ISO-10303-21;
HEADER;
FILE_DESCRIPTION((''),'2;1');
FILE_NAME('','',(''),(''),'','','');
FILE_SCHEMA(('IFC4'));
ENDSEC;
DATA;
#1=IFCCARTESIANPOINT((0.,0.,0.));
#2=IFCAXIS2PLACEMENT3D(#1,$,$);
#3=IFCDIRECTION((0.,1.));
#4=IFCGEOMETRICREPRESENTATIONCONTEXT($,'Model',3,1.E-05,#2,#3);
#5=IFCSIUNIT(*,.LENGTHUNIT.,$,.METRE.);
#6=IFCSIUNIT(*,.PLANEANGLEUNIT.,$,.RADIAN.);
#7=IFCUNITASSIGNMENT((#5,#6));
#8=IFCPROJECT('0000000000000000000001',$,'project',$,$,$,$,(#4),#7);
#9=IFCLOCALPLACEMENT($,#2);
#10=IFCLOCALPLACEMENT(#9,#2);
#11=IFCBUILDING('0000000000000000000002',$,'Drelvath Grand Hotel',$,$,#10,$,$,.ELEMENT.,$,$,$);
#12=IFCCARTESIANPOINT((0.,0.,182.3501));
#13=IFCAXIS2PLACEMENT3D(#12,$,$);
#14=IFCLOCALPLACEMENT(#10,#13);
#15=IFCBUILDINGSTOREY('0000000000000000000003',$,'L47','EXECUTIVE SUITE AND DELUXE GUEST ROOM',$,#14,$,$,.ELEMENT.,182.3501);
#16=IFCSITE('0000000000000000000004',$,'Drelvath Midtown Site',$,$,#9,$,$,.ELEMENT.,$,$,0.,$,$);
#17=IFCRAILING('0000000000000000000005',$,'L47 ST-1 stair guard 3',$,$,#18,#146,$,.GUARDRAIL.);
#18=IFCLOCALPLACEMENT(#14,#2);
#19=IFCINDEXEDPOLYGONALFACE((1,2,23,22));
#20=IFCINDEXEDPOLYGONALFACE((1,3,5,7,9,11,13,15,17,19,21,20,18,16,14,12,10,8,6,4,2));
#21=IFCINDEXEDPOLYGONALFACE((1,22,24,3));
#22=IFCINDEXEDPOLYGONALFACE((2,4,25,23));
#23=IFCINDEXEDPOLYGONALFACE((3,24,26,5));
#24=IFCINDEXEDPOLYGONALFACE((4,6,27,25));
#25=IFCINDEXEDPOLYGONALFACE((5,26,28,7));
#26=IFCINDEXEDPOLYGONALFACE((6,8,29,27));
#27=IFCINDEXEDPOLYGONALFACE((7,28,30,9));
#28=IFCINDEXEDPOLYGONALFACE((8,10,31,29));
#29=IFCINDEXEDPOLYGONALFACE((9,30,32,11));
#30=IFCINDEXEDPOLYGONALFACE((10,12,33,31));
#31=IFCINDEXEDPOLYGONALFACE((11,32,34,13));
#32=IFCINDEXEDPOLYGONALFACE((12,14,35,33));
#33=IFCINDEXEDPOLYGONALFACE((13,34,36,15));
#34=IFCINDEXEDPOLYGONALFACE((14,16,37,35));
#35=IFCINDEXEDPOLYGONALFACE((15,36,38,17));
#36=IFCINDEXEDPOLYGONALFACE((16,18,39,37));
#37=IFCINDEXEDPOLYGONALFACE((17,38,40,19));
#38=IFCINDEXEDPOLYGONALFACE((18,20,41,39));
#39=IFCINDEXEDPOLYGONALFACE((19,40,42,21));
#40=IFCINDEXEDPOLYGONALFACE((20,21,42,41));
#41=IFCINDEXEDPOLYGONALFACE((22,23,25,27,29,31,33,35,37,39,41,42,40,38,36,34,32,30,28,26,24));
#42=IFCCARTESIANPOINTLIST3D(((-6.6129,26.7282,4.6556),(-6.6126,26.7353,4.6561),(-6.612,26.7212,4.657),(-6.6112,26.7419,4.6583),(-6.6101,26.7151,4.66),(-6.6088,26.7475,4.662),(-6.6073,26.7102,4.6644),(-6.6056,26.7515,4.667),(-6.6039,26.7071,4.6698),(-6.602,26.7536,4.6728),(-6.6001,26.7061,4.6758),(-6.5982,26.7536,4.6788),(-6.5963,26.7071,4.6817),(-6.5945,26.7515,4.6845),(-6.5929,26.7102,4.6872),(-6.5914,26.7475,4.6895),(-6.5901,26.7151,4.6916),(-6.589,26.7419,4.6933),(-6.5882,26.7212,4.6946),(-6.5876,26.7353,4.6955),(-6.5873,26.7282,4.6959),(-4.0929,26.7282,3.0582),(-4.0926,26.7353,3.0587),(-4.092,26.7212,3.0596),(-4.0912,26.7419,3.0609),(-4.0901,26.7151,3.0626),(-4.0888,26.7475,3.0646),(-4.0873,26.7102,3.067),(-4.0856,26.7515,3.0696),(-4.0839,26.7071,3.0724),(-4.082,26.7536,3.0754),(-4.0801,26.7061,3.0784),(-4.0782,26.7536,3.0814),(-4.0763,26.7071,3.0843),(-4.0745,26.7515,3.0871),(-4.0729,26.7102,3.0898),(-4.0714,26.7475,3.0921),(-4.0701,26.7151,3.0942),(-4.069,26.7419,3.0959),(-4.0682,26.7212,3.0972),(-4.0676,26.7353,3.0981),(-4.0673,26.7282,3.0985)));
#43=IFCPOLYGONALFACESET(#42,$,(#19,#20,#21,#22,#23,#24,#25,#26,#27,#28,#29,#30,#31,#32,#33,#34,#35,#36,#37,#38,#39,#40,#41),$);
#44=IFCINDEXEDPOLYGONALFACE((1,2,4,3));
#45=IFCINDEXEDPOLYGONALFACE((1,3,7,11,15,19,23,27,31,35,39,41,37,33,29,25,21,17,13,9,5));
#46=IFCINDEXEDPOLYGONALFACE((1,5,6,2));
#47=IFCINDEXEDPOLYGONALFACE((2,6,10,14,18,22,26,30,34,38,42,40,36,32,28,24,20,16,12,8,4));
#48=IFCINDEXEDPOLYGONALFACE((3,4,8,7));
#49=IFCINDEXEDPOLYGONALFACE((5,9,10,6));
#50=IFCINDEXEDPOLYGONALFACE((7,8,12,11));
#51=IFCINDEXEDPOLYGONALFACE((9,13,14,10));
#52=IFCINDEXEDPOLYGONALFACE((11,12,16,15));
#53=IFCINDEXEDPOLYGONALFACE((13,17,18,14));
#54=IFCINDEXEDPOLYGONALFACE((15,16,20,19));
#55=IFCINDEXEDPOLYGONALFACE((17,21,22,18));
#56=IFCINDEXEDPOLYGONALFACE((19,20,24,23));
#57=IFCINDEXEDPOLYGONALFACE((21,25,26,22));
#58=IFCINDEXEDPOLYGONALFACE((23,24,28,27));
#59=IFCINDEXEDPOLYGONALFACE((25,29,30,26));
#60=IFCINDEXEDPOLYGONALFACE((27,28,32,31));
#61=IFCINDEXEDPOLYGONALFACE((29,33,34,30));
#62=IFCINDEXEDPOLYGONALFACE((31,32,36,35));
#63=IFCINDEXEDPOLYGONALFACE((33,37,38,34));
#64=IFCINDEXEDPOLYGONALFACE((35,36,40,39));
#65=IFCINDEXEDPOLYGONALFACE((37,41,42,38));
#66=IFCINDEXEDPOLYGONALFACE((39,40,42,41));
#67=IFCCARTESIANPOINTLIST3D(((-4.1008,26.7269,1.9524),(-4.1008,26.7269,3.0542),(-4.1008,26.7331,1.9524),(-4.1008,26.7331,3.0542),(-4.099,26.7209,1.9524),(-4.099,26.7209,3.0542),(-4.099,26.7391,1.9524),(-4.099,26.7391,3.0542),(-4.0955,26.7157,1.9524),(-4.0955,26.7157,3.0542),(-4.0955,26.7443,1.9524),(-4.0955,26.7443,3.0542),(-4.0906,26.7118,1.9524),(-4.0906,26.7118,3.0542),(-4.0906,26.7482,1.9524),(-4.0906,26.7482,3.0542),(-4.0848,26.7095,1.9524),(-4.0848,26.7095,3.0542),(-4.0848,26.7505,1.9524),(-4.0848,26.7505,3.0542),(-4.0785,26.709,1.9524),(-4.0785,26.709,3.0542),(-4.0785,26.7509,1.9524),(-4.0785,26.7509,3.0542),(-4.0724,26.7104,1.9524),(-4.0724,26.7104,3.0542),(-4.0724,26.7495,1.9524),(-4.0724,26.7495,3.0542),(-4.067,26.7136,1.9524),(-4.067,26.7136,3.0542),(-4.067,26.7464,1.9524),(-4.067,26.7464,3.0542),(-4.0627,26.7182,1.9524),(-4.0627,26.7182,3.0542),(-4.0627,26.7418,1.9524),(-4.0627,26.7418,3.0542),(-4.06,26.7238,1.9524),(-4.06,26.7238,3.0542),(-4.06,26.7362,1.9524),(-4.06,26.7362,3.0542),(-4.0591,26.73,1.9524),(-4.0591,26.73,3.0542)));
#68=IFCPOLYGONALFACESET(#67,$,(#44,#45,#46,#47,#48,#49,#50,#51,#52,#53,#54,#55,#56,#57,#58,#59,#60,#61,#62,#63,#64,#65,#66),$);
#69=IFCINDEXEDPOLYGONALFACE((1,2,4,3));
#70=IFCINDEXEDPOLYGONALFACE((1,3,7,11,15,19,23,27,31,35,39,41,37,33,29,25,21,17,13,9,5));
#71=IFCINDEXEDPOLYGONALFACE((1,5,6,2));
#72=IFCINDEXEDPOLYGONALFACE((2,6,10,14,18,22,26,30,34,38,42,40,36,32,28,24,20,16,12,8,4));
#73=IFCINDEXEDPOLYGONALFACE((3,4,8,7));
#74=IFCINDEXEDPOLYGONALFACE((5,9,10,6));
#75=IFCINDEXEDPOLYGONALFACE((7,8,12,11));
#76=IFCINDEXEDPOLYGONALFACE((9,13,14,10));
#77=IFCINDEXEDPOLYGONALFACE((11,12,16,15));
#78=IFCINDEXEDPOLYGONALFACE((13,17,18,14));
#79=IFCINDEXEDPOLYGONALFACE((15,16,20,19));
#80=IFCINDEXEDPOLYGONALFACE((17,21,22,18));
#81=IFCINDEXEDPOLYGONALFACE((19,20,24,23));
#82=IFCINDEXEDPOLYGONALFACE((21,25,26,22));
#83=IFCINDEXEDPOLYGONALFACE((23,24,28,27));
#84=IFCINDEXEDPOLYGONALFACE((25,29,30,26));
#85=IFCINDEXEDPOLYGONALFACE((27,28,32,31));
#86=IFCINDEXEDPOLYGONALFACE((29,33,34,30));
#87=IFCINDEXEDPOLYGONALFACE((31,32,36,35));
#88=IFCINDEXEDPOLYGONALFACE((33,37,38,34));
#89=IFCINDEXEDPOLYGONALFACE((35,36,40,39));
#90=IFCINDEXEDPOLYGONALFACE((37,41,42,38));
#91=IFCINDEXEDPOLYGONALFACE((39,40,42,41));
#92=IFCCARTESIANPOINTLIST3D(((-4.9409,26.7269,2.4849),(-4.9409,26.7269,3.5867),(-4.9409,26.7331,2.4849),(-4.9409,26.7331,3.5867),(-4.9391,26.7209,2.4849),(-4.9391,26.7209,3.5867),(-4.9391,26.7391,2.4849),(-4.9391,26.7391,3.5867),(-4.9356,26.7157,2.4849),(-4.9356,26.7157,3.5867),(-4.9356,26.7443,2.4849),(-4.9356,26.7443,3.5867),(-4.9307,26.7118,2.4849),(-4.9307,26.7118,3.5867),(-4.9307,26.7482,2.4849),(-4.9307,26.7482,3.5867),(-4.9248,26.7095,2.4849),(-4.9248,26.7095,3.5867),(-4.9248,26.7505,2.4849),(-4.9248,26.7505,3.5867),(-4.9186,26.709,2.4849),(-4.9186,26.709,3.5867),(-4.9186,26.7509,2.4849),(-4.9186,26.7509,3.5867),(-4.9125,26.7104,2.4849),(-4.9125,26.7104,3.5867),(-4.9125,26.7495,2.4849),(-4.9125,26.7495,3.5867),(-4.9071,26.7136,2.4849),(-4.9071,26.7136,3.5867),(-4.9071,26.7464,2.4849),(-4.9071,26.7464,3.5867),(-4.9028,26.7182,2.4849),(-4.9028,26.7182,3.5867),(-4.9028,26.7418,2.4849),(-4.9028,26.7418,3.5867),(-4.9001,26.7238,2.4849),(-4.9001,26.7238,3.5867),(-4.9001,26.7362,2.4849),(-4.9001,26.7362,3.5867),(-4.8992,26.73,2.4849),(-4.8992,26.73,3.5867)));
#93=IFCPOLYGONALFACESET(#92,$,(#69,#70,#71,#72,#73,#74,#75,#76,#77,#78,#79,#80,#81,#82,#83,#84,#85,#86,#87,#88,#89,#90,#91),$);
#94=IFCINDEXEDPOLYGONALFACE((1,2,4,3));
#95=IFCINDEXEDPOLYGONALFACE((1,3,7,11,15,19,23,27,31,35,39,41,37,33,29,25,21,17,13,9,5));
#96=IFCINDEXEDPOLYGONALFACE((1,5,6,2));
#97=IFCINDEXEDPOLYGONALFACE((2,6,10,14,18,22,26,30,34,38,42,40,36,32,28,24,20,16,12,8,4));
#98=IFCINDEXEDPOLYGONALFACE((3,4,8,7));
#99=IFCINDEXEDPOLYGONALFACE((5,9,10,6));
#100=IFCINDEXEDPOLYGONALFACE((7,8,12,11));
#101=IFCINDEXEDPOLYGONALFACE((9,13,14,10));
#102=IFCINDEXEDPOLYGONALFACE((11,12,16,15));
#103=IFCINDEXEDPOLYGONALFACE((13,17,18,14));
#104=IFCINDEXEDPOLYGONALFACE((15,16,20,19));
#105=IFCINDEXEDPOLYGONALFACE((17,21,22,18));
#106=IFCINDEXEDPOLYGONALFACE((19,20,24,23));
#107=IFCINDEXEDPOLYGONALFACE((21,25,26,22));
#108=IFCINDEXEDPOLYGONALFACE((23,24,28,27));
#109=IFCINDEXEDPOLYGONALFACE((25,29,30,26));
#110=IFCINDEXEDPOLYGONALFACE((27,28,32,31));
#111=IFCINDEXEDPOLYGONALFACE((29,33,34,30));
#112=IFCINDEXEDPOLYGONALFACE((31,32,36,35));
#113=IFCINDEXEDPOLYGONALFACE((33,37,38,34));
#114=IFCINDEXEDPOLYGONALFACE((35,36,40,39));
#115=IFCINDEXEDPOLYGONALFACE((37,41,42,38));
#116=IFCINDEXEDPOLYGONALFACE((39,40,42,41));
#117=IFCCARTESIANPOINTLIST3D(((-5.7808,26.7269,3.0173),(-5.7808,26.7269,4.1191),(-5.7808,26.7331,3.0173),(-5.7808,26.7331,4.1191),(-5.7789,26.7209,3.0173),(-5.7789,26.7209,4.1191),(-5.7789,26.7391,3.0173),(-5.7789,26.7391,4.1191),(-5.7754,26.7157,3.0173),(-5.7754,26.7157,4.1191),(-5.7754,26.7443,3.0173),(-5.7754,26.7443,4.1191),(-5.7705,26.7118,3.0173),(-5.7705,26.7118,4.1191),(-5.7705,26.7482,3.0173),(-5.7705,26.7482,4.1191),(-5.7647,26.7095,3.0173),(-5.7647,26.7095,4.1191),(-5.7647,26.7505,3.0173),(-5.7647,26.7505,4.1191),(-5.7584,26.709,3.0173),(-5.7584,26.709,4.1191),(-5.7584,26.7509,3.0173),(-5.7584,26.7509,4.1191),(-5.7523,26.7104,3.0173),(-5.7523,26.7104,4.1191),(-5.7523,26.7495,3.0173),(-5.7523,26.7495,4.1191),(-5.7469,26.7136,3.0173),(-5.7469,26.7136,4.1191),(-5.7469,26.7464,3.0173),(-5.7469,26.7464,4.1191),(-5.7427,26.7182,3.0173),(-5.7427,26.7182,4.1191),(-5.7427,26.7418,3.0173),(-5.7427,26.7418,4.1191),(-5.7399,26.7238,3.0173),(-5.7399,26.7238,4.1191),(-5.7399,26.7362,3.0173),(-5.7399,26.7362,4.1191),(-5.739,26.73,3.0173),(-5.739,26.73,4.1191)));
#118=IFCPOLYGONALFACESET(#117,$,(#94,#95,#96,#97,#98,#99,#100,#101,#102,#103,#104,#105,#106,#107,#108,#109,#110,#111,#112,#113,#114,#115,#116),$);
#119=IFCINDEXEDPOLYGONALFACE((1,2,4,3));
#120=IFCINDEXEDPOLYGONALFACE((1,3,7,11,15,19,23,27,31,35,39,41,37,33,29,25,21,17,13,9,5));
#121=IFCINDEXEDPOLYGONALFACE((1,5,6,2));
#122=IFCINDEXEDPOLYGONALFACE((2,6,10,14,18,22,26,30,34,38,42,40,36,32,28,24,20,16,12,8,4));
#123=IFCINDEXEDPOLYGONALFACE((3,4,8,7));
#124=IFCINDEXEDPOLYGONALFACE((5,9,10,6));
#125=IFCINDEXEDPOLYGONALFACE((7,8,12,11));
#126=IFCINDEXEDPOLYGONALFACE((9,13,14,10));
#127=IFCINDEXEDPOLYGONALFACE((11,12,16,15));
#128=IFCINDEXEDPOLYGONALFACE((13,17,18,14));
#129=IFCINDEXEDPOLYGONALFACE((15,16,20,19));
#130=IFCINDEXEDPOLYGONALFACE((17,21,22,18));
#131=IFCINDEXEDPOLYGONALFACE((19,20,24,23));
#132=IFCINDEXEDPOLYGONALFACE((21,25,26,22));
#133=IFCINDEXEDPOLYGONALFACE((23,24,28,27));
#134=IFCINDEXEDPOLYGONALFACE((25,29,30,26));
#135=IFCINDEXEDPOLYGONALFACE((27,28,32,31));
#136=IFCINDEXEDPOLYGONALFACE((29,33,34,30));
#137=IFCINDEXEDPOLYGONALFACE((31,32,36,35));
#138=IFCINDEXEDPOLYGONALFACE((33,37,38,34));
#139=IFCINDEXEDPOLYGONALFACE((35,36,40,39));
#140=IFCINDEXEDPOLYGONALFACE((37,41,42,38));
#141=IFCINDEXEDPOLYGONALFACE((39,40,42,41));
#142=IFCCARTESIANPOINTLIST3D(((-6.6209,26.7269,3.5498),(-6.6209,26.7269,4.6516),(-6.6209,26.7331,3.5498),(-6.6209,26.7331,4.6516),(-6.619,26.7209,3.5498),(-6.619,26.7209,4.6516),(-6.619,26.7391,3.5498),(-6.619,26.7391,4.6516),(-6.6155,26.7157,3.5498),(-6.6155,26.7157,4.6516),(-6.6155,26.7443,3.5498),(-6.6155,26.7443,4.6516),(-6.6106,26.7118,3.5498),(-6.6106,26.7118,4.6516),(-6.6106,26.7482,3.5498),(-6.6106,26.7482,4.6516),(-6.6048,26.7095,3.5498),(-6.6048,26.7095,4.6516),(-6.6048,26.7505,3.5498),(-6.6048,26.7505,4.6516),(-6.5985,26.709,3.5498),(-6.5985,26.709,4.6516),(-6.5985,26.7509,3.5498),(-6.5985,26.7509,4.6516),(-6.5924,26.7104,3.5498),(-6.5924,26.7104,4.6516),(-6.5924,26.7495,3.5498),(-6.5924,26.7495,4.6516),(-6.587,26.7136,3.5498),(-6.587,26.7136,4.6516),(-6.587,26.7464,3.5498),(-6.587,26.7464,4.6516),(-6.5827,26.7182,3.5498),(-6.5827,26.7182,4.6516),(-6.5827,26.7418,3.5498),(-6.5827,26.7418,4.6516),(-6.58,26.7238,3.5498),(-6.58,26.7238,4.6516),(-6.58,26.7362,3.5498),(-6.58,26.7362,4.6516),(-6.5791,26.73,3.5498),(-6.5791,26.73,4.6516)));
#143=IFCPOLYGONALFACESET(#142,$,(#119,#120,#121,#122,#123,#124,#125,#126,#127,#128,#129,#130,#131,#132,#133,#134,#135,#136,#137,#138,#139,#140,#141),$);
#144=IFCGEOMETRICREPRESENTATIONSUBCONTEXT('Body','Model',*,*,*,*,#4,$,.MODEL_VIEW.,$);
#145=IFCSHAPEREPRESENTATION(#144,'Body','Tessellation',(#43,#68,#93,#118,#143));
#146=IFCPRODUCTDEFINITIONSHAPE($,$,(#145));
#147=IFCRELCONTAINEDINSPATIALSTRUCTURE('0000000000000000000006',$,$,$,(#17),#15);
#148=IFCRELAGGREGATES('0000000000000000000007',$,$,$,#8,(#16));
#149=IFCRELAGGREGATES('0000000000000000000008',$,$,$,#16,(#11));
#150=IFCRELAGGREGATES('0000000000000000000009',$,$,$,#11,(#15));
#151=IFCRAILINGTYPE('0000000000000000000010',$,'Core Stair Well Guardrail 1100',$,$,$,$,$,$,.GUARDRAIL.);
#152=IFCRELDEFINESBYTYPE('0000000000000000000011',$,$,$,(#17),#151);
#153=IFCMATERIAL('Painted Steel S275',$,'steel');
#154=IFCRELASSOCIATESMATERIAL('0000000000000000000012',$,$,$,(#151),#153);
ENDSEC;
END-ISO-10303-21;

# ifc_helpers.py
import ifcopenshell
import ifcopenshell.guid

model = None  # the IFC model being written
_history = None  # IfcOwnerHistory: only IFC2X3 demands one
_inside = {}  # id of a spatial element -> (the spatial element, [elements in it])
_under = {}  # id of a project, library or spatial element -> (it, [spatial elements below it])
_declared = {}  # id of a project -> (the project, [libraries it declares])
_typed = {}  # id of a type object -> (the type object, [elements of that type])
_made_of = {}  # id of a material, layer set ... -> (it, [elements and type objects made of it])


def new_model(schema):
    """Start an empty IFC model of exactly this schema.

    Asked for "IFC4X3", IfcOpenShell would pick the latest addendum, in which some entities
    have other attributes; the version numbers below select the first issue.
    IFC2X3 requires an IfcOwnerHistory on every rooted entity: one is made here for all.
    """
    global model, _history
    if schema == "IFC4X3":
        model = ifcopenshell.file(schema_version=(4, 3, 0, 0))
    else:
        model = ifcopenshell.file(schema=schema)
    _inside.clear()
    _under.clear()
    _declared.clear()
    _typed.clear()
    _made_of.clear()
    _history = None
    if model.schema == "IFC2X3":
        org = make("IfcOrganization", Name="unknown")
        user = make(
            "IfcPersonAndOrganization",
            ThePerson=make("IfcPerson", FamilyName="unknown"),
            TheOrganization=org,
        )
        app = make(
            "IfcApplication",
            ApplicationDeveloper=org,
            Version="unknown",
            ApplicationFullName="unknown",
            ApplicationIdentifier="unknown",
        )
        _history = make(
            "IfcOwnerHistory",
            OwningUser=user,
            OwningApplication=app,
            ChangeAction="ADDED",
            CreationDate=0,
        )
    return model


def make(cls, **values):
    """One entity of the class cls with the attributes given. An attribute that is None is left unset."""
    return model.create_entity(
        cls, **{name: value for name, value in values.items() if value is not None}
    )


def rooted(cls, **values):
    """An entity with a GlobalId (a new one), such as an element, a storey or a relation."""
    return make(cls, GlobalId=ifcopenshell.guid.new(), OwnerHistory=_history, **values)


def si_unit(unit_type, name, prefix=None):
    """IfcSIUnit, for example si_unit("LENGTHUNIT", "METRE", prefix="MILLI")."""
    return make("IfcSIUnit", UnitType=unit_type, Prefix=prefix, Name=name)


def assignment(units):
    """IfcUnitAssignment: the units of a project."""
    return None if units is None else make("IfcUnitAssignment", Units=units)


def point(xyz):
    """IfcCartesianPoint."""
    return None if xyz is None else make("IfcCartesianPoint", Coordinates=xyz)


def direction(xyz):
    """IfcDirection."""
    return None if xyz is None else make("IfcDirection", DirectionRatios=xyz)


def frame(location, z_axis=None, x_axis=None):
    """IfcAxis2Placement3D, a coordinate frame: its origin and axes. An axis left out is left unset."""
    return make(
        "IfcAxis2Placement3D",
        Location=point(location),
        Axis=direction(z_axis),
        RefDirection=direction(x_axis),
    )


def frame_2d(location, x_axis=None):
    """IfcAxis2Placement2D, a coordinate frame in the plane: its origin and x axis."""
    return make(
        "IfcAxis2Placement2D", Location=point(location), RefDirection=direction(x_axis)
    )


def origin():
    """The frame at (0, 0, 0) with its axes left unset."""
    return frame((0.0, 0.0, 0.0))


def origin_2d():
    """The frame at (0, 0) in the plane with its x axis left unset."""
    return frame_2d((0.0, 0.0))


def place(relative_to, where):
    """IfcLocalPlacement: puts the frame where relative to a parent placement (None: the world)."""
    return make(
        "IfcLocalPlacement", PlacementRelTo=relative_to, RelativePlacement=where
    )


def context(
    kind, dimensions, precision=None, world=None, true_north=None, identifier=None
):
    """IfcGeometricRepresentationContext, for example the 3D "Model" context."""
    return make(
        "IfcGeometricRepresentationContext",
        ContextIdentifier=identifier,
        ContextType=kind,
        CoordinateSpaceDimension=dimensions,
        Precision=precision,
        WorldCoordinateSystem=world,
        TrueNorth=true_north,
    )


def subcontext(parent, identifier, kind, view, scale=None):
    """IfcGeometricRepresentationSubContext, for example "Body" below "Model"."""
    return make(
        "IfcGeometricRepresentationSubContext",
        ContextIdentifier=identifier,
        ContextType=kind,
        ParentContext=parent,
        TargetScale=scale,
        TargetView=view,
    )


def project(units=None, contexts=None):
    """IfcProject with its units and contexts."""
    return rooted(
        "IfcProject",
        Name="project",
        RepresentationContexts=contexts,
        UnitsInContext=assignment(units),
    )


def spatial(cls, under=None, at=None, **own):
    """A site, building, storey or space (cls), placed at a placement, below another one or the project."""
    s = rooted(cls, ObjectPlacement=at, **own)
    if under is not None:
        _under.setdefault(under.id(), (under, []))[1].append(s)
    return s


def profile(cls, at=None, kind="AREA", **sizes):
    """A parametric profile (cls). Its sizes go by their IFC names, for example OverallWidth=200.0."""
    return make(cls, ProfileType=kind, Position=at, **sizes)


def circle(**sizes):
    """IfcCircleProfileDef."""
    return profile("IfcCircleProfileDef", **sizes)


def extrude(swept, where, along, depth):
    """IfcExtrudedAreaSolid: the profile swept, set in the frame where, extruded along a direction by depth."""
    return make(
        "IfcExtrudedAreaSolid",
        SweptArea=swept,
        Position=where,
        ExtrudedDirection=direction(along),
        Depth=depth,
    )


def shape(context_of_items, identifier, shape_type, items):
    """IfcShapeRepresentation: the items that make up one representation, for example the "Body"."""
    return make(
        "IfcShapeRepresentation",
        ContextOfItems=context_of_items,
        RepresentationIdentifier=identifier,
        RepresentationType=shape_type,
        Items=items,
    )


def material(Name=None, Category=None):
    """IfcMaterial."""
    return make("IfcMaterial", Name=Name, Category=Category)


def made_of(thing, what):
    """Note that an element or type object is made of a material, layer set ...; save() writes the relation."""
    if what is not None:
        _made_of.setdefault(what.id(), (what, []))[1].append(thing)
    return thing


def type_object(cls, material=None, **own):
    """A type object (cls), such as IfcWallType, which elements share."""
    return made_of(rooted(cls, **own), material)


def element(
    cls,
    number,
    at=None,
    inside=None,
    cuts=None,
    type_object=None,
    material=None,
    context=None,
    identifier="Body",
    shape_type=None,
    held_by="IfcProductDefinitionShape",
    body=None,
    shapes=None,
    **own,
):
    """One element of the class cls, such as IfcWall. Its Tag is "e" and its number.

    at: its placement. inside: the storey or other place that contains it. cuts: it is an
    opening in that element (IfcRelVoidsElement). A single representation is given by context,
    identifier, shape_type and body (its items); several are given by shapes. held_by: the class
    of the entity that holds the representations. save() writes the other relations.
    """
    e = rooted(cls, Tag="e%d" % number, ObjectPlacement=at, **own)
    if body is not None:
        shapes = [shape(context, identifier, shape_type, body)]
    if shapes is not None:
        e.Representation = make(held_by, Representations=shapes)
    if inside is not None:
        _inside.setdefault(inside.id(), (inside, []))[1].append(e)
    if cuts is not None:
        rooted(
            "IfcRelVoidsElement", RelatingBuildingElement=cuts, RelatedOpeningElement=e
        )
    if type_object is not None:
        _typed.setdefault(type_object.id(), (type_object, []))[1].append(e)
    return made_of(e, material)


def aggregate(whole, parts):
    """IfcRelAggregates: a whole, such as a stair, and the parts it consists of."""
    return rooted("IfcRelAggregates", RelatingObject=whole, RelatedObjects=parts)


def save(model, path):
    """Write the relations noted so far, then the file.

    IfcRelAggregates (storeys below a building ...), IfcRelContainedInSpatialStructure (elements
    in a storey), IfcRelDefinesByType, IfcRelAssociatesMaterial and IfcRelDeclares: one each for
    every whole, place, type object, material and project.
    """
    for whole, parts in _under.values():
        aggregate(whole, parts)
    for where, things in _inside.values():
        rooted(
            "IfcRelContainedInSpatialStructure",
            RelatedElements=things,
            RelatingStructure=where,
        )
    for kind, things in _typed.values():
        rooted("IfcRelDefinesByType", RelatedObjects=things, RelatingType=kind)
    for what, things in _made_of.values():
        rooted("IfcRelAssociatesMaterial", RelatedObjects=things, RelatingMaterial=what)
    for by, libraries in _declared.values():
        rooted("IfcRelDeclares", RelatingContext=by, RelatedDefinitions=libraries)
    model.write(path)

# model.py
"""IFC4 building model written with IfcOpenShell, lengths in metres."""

from ifc_helpers import new_model, si_unit, direction, frame, origin, origin_2d, place, context, subcontext, project, spatial, circle, extrude, material, type_object, element, save


model = new_model("IFC4")

# Units and contexts
model_context = context("Model", 3, precision=1e-05, world=origin(), true_north=direction((0.0, 1.0)))
body_context = subcontext(model_context, "Body", "Model", "MODEL_VIEW")
ifc_project = project(units=[si_unit("LENGTHUNIT", "METRE"), si_unit("PLANEANGLEUNIT", "RADIAN")], contexts=[model_context])

# Site, building, storey
site_placement = place(None, origin())
site = spatial("IfcSite", under=ifc_project, at=site_placement, Name="Drelvath Midtown Site", CompositionType="ELEMENT", RefElevation=0.0)
building_placement = place(site_placement, origin())
building = spatial("IfcBuilding", under=site, at=building_placement, Name="Drelvath Grand Hotel", CompositionType="ELEMENT")
storey_placement = place(building_placement, frame((0.0, 0.0, 182.3501)))
storey = spatial("IfcBuildingStorey", under=building, at=storey_placement, Name="L47", Description="EXECUTIVE SUITE AND DELUXE GUEST ROOM", CompositionType="ELEMENT", Elevation=182.3501)

# Shared definitions
ifc_material_1 = material(Name="Painted Steel S275", Category="steel")

# Railing
railing_type_1 = type_object("IfcRailingType", Name="Core Stair Well Guardrail 1100", PredefinedType="GUARDRAIL", material=ifc_material_1)
railing_1_placement = place(storey_placement, frame((-4.0801, 26.73, 1.9524)))
element("IfcRailing", 1, at=railing_1_placement, inside=storey, type_object=railing_type_1, Name="L47 ST-1 stair guard 3", PredefinedType="GUARDRAIL", context=body_context, shape_type="SweptSolid", body=[
    extrude(circle(Radius=0.0239, at=origin_2d()), frame((0.0, 0.0, 1.126), z_axis=(-0.844607, 0.0, 0.535387), x_axis=(0.0, -1.0, 0.0)), (0.0, 0.0, 1.0), 2.9836),
    extrude(circle(Radius=0.021, at=origin_2d()), origin(), (0.0, 0.0, 1.0), 1.1018),
    extrude(circle(Radius=0.021, at=origin_2d()), frame((-0.8401, 0.0, 0.5325)), (0.0, 0.0, 1.0), 1.1018),
    extrude(circle(Radius=0.021, at=origin_2d()), frame((-1.6799, 0.0, 1.0649)), (0.0, 0.0, 1.0), 1.1018),
    extrude(circle(Radius=0.021, at=origin_2d()), frame((-2.52, 0.0, 1.5974)), (0.0, 0.0, 1.0), 1.1018),
])

save(model, "model.ifc")
